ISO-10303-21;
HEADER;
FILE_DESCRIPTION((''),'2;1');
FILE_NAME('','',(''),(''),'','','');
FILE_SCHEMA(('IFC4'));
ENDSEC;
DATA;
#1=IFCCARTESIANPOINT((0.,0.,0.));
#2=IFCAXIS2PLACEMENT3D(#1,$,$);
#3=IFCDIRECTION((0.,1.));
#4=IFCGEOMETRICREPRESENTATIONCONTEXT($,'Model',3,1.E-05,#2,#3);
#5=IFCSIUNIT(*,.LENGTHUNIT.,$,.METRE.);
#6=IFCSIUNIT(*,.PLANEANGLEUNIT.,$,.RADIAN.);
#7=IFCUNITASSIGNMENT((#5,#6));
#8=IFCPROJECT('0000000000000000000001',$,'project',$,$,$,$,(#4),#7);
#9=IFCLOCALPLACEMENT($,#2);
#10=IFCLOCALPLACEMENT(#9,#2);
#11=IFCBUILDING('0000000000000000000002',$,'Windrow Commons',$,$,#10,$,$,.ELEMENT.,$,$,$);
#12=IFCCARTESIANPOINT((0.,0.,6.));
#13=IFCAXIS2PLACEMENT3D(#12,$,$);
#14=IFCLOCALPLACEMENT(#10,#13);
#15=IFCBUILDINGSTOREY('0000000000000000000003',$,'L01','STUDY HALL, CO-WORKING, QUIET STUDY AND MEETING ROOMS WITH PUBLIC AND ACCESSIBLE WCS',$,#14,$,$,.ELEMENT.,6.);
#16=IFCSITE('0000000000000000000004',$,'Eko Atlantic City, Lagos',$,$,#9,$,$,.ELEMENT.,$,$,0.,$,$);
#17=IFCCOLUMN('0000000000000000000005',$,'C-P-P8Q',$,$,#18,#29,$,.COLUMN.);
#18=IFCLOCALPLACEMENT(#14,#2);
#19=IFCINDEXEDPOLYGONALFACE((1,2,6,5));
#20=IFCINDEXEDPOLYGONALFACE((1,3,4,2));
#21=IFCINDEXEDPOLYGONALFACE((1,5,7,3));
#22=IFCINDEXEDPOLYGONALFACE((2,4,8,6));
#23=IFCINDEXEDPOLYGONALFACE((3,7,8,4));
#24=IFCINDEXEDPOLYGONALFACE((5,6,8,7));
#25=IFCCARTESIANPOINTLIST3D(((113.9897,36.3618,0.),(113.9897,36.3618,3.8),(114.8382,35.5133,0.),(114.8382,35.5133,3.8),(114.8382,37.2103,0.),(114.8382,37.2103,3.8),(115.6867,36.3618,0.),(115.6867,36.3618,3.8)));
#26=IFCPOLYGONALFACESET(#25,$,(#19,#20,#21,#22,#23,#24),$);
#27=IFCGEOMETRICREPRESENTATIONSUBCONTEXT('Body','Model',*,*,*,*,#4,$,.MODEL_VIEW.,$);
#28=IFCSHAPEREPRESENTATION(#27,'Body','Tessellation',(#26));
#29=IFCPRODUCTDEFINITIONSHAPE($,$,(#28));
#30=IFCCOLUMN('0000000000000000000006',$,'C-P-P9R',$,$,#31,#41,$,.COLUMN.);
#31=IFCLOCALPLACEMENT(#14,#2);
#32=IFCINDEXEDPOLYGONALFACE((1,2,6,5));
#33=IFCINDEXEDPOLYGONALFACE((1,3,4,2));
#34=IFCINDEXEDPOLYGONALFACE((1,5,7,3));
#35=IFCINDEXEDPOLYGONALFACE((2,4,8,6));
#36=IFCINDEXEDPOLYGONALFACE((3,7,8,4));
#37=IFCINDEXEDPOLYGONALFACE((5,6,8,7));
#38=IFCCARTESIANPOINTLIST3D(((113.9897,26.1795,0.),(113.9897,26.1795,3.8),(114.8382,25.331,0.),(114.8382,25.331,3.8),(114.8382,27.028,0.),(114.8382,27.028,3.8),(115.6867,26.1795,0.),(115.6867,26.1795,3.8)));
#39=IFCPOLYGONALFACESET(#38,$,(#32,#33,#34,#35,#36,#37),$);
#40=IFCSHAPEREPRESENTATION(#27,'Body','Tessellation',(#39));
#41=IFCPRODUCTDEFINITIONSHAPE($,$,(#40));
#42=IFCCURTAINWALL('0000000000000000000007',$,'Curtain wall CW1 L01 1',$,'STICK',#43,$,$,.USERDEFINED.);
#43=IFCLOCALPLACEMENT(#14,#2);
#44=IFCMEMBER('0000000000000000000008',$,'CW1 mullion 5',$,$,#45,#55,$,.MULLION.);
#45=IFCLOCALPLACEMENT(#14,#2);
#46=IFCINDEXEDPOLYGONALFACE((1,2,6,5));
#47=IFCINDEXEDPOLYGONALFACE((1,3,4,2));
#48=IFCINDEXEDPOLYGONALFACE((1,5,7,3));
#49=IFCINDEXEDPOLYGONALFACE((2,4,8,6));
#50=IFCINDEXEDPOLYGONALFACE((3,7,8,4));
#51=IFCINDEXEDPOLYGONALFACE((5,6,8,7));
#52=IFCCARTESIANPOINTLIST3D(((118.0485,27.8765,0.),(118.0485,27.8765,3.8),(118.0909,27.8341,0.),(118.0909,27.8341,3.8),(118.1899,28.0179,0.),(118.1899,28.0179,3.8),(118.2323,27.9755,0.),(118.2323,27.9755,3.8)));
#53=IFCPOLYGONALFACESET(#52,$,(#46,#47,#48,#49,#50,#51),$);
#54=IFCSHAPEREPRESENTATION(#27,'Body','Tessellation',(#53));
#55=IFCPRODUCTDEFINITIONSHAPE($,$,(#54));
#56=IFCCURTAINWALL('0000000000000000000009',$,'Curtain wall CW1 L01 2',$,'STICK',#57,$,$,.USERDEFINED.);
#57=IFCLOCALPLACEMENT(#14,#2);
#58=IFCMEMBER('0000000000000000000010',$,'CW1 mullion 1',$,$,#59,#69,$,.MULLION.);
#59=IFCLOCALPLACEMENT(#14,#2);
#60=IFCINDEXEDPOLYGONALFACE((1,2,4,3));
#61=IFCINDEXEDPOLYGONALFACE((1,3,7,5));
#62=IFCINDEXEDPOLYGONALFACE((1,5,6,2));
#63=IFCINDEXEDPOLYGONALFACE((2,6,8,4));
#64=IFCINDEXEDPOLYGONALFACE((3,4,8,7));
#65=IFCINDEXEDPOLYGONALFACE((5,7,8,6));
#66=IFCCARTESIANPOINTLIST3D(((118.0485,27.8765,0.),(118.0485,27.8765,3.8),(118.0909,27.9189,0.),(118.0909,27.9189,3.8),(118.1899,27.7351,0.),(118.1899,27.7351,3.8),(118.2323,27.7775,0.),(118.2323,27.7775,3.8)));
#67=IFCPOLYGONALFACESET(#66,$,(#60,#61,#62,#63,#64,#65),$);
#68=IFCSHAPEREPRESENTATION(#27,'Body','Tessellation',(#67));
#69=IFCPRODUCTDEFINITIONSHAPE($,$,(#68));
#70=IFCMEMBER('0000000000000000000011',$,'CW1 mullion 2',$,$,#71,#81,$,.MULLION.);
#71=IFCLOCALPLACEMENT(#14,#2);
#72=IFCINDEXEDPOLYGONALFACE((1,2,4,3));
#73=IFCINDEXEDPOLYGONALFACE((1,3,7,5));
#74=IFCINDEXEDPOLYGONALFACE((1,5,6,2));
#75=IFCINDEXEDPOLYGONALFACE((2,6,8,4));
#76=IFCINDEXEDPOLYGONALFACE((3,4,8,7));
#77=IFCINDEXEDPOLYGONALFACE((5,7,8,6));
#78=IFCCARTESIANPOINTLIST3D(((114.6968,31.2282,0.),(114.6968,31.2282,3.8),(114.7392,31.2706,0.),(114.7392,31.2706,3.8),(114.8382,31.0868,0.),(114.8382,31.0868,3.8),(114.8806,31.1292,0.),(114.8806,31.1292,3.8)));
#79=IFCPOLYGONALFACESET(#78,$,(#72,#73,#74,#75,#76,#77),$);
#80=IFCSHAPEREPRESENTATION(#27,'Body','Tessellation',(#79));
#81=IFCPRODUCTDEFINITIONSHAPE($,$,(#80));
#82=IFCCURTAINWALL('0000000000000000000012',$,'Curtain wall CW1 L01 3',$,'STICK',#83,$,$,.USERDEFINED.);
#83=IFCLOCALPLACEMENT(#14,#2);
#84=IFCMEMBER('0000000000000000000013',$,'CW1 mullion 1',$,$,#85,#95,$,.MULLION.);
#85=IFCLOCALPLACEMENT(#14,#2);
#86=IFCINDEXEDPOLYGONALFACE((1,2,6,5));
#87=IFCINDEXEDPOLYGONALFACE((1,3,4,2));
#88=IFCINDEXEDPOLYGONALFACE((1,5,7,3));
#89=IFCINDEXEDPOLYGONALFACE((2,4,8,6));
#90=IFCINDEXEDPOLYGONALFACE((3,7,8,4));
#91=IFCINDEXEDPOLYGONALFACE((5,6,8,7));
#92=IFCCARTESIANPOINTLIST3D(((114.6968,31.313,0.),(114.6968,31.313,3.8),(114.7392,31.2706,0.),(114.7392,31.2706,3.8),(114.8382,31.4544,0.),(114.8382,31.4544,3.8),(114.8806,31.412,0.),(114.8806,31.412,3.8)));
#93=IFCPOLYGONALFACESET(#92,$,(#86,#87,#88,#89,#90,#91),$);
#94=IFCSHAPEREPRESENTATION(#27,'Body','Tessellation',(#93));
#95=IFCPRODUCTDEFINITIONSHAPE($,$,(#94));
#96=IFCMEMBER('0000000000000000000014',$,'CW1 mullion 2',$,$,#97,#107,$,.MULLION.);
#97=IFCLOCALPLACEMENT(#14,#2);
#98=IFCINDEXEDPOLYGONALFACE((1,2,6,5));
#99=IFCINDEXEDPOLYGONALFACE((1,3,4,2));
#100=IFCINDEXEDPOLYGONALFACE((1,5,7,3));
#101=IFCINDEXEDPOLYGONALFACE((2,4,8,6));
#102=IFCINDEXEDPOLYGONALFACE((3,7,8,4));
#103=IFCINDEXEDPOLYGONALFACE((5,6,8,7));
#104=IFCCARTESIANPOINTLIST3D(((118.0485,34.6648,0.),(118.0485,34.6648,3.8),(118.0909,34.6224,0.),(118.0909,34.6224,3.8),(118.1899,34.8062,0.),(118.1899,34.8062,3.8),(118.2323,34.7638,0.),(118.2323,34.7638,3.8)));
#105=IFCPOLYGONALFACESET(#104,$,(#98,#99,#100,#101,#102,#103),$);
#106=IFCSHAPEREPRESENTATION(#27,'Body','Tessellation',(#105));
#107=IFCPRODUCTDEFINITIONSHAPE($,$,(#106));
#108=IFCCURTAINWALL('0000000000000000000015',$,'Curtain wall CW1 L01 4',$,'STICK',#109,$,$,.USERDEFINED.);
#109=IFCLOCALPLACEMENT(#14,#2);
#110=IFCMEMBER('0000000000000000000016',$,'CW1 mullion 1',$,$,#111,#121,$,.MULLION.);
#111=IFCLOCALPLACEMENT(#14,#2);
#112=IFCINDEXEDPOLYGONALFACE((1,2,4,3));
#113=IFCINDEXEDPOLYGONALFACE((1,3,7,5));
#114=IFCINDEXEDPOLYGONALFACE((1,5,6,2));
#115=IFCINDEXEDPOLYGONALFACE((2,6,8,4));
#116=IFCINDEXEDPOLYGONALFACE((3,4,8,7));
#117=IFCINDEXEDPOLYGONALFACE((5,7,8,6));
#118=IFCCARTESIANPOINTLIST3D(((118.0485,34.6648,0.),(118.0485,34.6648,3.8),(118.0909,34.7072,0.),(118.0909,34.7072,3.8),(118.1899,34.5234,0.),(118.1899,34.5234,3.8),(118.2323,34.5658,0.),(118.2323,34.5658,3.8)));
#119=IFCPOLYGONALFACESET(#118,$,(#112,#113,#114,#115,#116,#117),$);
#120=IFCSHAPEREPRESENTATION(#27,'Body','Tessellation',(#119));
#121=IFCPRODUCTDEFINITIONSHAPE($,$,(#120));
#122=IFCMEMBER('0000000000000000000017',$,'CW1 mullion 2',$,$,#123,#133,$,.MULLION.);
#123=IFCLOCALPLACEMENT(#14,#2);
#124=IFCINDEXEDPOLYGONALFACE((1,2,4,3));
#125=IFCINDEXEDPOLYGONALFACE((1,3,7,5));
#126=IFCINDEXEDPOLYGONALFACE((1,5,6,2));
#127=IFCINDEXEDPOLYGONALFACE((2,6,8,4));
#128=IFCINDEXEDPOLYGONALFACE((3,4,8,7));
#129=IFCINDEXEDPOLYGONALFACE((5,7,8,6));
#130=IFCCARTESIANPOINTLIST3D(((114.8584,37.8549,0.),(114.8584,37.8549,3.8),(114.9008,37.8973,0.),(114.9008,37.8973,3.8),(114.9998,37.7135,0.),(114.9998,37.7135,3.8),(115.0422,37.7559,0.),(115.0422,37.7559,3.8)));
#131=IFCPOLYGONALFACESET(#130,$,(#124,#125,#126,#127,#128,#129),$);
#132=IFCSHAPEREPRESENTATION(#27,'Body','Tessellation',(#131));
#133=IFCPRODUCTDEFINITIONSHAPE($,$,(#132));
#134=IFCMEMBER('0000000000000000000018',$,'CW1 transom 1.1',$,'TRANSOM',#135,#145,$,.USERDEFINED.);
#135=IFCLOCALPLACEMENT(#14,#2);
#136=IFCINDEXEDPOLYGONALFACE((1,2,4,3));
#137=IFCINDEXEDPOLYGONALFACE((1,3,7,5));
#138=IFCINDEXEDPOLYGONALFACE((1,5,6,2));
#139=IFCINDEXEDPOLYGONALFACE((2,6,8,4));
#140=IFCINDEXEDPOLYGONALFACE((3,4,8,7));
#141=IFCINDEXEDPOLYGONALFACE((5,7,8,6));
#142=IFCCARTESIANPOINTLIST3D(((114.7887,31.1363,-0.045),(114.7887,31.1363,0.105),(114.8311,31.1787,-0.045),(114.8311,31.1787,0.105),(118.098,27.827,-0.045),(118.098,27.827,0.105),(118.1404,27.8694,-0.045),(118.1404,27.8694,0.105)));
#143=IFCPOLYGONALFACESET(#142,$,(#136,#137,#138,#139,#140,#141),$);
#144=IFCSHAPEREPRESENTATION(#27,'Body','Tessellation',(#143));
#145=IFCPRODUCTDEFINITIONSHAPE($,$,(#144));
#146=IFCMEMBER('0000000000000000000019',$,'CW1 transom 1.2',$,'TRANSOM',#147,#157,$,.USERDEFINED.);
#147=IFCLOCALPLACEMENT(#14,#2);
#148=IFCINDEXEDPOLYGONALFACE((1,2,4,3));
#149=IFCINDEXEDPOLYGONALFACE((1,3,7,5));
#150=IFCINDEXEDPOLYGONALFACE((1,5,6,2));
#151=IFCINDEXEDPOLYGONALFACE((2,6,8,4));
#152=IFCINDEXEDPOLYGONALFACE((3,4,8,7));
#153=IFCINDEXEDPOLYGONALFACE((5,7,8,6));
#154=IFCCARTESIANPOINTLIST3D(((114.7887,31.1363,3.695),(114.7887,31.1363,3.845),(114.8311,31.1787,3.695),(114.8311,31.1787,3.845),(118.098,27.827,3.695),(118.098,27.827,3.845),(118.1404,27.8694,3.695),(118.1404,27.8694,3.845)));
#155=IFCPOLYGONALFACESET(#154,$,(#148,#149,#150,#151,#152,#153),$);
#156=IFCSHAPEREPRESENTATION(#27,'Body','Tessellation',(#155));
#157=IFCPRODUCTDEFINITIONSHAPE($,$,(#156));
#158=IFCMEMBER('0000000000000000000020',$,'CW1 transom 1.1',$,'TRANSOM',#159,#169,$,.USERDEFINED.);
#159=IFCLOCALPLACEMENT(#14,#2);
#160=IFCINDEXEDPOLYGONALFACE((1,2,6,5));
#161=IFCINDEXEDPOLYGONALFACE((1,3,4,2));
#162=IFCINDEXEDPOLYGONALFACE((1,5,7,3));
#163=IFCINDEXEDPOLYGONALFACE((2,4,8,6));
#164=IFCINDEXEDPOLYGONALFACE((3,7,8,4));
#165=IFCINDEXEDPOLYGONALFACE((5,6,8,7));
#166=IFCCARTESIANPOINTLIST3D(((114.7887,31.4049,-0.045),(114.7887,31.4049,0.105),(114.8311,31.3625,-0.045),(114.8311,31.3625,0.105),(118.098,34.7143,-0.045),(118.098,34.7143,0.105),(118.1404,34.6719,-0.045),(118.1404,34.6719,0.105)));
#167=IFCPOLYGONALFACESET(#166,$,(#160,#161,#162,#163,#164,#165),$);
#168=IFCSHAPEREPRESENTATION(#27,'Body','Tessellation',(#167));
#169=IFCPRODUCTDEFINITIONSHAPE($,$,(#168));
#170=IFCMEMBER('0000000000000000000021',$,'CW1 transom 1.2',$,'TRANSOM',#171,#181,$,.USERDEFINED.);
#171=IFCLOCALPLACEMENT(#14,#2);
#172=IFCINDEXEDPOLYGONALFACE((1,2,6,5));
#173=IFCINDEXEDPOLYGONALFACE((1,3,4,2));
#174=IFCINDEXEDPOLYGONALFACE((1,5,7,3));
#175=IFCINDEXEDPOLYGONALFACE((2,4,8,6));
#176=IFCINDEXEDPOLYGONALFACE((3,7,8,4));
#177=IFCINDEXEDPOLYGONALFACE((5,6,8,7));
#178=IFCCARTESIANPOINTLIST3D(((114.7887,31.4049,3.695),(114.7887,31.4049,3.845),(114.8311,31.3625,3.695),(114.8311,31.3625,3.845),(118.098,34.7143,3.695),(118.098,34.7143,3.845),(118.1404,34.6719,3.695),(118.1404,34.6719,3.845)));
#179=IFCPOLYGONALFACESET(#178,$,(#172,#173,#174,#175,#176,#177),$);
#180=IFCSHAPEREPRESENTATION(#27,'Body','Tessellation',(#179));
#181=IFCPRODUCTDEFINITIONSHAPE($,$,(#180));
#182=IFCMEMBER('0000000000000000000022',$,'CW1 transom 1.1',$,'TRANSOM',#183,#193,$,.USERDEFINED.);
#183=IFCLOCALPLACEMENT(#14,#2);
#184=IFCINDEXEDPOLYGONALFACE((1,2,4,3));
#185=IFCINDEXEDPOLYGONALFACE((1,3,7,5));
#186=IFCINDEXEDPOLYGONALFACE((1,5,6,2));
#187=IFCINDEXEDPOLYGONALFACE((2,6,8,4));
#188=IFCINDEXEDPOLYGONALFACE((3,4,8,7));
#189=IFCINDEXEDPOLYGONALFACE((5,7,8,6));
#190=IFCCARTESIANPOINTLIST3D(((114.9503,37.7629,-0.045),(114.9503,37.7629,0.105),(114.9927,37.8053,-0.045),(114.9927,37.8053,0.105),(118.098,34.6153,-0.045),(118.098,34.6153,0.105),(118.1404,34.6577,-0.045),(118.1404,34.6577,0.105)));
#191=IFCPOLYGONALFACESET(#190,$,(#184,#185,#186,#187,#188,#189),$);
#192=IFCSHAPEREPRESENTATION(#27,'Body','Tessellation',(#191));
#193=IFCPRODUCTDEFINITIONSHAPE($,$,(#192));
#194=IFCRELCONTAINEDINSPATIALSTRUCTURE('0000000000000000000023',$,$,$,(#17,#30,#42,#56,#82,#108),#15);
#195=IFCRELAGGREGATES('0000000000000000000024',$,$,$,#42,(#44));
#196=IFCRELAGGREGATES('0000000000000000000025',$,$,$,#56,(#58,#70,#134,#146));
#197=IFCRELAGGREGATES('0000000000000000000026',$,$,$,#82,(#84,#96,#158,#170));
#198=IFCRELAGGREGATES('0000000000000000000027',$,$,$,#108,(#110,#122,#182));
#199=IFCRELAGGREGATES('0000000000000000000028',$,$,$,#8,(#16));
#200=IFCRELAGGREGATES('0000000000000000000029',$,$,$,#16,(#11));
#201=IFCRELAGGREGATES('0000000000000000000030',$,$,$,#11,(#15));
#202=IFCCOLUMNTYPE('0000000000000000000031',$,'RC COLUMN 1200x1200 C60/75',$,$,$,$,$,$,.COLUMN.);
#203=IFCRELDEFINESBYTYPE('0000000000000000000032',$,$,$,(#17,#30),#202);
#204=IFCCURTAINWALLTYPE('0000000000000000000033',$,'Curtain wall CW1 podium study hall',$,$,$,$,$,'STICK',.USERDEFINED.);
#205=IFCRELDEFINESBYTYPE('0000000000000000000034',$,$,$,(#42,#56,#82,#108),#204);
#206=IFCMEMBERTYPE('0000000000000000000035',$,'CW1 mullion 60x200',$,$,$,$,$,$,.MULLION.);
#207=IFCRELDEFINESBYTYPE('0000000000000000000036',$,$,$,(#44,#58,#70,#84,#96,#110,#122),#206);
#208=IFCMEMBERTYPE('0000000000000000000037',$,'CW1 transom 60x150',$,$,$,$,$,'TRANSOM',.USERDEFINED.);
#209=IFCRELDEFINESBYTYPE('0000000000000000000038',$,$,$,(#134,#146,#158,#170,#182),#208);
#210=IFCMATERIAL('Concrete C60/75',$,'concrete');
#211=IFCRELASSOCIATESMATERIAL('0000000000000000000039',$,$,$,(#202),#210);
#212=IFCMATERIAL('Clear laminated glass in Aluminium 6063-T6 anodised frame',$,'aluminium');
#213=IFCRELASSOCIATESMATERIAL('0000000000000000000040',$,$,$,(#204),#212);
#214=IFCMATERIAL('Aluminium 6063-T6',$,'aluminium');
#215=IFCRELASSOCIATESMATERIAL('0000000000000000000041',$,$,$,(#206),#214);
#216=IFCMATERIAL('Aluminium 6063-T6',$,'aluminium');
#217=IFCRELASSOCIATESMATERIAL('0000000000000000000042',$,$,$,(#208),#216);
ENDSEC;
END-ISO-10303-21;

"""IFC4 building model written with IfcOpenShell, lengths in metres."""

from ifc_helpers import new_model, si_unit, direction, frame, origin, origin_2d, place, context, subcontext, project, spatial, rectangle, extrude, material, material_profile, profile_set, type_object, element, aggregate, save


model = new_model("IFC4")

# Units and contexts
model_context = context("Model", 3, precision=1e-05, world=origin(), true_north=direction((0.0, 1.0)))
body_context = subcontext(model_context, "Body", "Model", "MODEL_VIEW")
ifc_project = project(units=[si_unit("LENGTHUNIT", "METRE"), si_unit("PLANEANGLEUNIT", "RADIAN")], contexts=[model_context])

# Site, building, storey
site_placement = place(None, origin())
site = spatial("IfcSite", under=ifc_project, at=site_placement, Name="Eko Atlantic City, Lagos", CompositionType="ELEMENT", RefElevation=0.0)
building_placement = place(site_placement, origin())
building = spatial("IfcBuilding", under=site, at=building_placement, Name="Windrow Commons", CompositionType="ELEMENT")
storey_placement = place(building_placement, frame((0.0, 0.0, 6.0)))
storey = spatial("IfcBuildingStorey", under=building, at=storey_placement, Name="L01", Description="STUDY HALL, CO-WORKING, QUIET STUDY AND MEETING ROOMS WITH PUBLIC AND ACCESSIBLE WCS", CompositionType="ELEMENT", Elevation=6.0)

# Columns
ifc_material_1 = material(Name="Concrete C60/75", Category="concrete")
ifc_material_profile_1 = material_profile(ifc_material_1, rectangle(XDim=1.2, YDim=1.2, at=origin_2d()))
ifc_profile_set_1 = profile_set([ifc_material_profile_1], Name="Concrete C60/75")
column_type = type_object("IfcColumnType", Name="RC COLUMN 1200x1200 C60/75", PredefinedType="COLUMN", material=ifc_profile_set_1)
for number, where, z_axis, x_axis, name in (
    (1, (114.8382, 36.3618, 0.0), (0.0, 0.0, 1.0), (0.707107, -0.707107, 0.0), "C-P-P8Q"),
    (2, (114.8382, 26.1795, 0.0), (0.0, 0.0, 1.0), (0.707107, -0.707107, 0.0), "C-P-P9R"),
):
    element("IfcColumn", number, at=place(storey_placement, frame(where, z_axis=z_axis, x_axis=x_axis)), inside=storey, type_object=column_type, Name=name, PredefinedType="COLUMN", context=body_context, shape_type="SweptSolid", body=[
        extrude(rectangle(XDim=1.2, YDim=1.2, at=origin_2d()), origin(), (0.0, 0.0, 1.0), 3.8),
    ])

# Curtain wall, member
ifc_material_2 = material(Name="Clear laminated glass in Aluminium 6063-T6 anodised frame", Category="aluminium")
curtain_wall_type = type_object("IfcCurtainWallType", Name="Curtain wall CW1 podium study hall", ElementType="STICK", PredefinedType="USERDEFINED", material=ifc_material_2)
placement = place(storey_placement, origin())
curtain_wall_1 = element("IfcCurtainWall", 3, at=placement, inside=storey, type_object=curtain_wall_type, Name="Curtain wall CW1 L01 1", ObjectType="STICK", PredefinedType="USERDEFINED")
ifc_material_3 = material(Name="Aluminium 6063-T6", Category="aluminium")
ifc_material_profile_2 = material_profile(ifc_material_3, rectangle(XDim=0.06, YDim=0.2, at=origin_2d()))
ifc_profile_set_2 = profile_set([ifc_material_profile_2], Name="Aluminium 6063-T6")
member_type_1 = type_object("IfcMemberType", Name="CW1 mullion 60x200", PredefinedType="MULLION", material=ifc_profile_set_2)
member_1_placement = place(storey_placement, frame((118.1404, 27.926, 0.0), z_axis=(0.0, 0.0, 1.0), x_axis=(-0.707104, 0.707109, 0.0)))
member_1 = element("IfcMember", 4, at=member_1_placement, type_object=member_type_1, Name="CW1 mullion 5", PredefinedType="MULLION", context=body_context, shape_type="SweptSolid", body=[
    extrude(rectangle(XDim=0.06, YDim=0.2, at=origin_2d()), origin(), (0.0, 0.0, 1.0), 3.8),
])

# Curtain walls, members
curtain_wall_2 = element("IfcCurtainWall", 5, at=placement, inside=storey, type_object=curtain_wall_type, Name="Curtain wall CW1 L01 2", ObjectType="STICK", PredefinedType="USERDEFINED")
member_2_placement = place(storey_placement, frame((118.1404, 27.827, 0.0), z_axis=(0.0, 0.0, 1.0), x_axis=(-0.707107, -0.707107, 0.0)))
member_2 = element("IfcMember", 6, at=member_2_placement, type_object=member_type_1, Name="CW1 mullion 1", PredefinedType="MULLION", context=body_context, shape_type="SweptSolid", body=[
    extrude(rectangle(XDim=0.06, YDim=0.2, at=origin_2d()), origin(), (0.0, 0.0, 1.0), 3.8),
])
member_3_placement = place(storey_placement, frame((114.7887, 31.1787, 0.0), z_axis=(0.0, 0.0, 1.0), x_axis=(-0.707107, -0.707107, 0.0)))
member_3 = element("IfcMember", 7, at=member_3_placement, type_object=member_type_1, Name="CW1 mullion 2", PredefinedType="MULLION", context=body_context, shape_type="SweptSolid", body=[
    extrude(rectangle(XDim=0.06, YDim=0.2, at=origin_2d()), origin(), (0.0, 0.0, 1.0), 3.8),
])
curtain_wall_3 = element("IfcCurtainWall", 8, at=placement, inside=storey, type_object=curtain_wall_type, Name="Curtain wall CW1 L01 3", ObjectType="STICK", PredefinedType="USERDEFINED")
member_4_placement = place(storey_placement, frame((114.7887, 31.3625, 0.0), z_axis=(0.0, 0.0, 1.0), x_axis=(-0.707117, 0.707096, 0.0)))
member_4 = element("IfcMember", 9, at=member_4_placement, type_object=member_type_1, Name="CW1 mullion 1", PredefinedType="MULLION", context=body_context, shape_type="SweptSolid", body=[
    extrude(rectangle(XDim=0.06, YDim=0.2, at=origin_2d()), origin(), (0.0, 0.0, 1.0), 3.8),
])
member_5_placement = place(storey_placement, frame((118.1404, 34.7143, 0.0), z_axis=(0.0, 0.0, 1.0), x_axis=(-0.707117, 0.707096, 0.0)))
member_5 = element("IfcMember", 10, at=member_5_placement, type_object=member_type_1, Name="CW1 mullion 2", PredefinedType="MULLION", context=body_context, shape_type="SweptSolid", body=[
    extrude(rectangle(XDim=0.06, YDim=0.2, at=origin_2d()), origin(), (0.0, 0.0, 1.0), 3.8),
])
curtain_wall_4 = element("IfcCurtainWall", 11, at=placement, inside=storey, type_object=curtain_wall_type, Name="Curtain wall CW1 L01 4", ObjectType="STICK", PredefinedType="USERDEFINED")
member_6_placement = place(storey_placement, frame((118.1404, 34.6153, 0.0), z_axis=(0.0, 0.0, 1.0), x_axis=(-0.707107, -0.707107, 0.0)))
member_6 = element("IfcMember", 12, at=member_6_placement, type_object=member_type_1, Name="CW1 mullion 1", PredefinedType="MULLION", context=body_context, shape_type="SweptSolid", body=[
    extrude(rectangle(XDim=0.06, YDim=0.2, at=origin_2d()), origin(), (0.0, 0.0, 1.0), 3.8),
])
member_7_placement = place(storey_placement, frame((114.9503, 37.8054, 0.0), z_axis=(0.0, 0.0, 1.0), x_axis=(-0.707107, -0.707107, 0.0)))
member_7 = element("IfcMember", 13, at=member_7_placement, type_object=member_type_1, Name="CW1 mullion 2", PredefinedType="MULLION", context=body_context, shape_type="SweptSolid", body=[
    extrude(rectangle(XDim=0.06, YDim=0.2, at=origin_2d()), origin(), (0.0, 0.0, 1.0), 3.8),
])

# Members
ifc_material_4 = material(Name="Aluminium 6063-T6", Category="aluminium")
ifc_material_profile_3 = material_profile(ifc_material_4, rectangle(XDim=0.06, YDim=0.15, at=origin_2d()))
ifc_profile_set_3 = profile_set([ifc_material_profile_3], Name="Aluminium 6063-T6")
member_type_2 = type_object("IfcMemberType", Name="CW1 transom 60x150", ElementType="TRANSOM", PredefinedType="USERDEFINED", material=ifc_profile_set_3)
member_8_placement = place(storey_placement, frame((118.1192, 27.8482, 0.03), z_axis=(-0.707107, 0.707107, 0.0), x_axis=(-0.707107, -0.707107, 0.0)))
member_8 = element("IfcMember", 14, at=member_8_placement, type_object=member_type_2, Name="CW1 transom 1.1", ObjectType="TRANSOM", PredefinedType="USERDEFINED", context=body_context, shape_type="SweptSolid", body=[
    extrude(rectangle(XDim=0.06, YDim=0.15, at=origin_2d()), origin(), (0.0, 0.0, 1.0), 4.6801),
])
member_9_placement = place(storey_placement, frame((118.1192, 27.8482, 3.77), z_axis=(-0.707107, 0.707107, 0.0), x_axis=(-0.707107, -0.707107, 0.0)))
member_9 = element("IfcMember", 15, at=member_9_placement, type_object=member_type_2, Name="CW1 transom 1.2", ObjectType="TRANSOM", PredefinedType="USERDEFINED", context=body_context, shape_type="SweptSolid", body=[
    extrude(rectangle(XDim=0.06, YDim=0.15, at=origin_2d()), origin(), (0.0, 0.0, 1.0), 4.6801),
])
member_10_placement = place(storey_placement, frame((114.8099, 31.3837, 0.03), z_axis=(0.707096, 0.707117, 0.0), x_axis=(-0.707117, 0.707096, 0.0)))
member_10 = element("IfcMember", 16, at=member_10_placement, type_object=member_type_2, Name="CW1 transom 1.1", ObjectType="TRANSOM", PredefinedType="USERDEFINED", context=body_context, shape_type="SweptSolid", body=[
    extrude(rectangle(XDim=0.06, YDim=0.15, at=origin_2d()), origin(), (0.0, 0.0, 1.0), 4.6801),
])
member_11_placement = place(storey_placement, frame((114.8099, 31.3837, 3.77), z_axis=(0.707096, 0.707117, 0.0), x_axis=(-0.707117, 0.707096, 0.0)))
member_11 = element("IfcMember", 17, at=member_11_placement, type_object=member_type_2, Name="CW1 transom 1.2", ObjectType="TRANSOM", PredefinedType="USERDEFINED", context=body_context, shape_type="SweptSolid", body=[
    extrude(rectangle(XDim=0.06, YDim=0.15, at=origin_2d()), origin(), (0.0, 0.0, 1.0), 4.6801),
])
member_12_placement = place(storey_placement, frame((118.1192, 34.6365, 0.03), z_axis=(-0.707118, 0.707096, 0.0), x_axis=(-0.707096, -0.707118, 0.0)))
member_12 = element("IfcMember", 18, at=member_12_placement, type_object=member_type_2, Name="CW1 transom 1.1", ObjectType="TRANSOM", PredefinedType="USERDEFINED", context=body_context, shape_type="SweptSolid", body=[
    extrude(rectangle(XDim=0.06, YDim=0.15, at=origin_2d()), origin(), (0.0, 0.0, 1.0), 4.4514),
])

aggregate(curtain_wall_1, [member_1])
aggregate(curtain_wall_2, [member_2, member_3, member_8, member_9])
aggregate(curtain_wall_3, [member_4, member_5, member_10, member_11])
aggregate(curtain_wall_4, [member_6, member_7, member_12])

save(model, "model.ifc")
